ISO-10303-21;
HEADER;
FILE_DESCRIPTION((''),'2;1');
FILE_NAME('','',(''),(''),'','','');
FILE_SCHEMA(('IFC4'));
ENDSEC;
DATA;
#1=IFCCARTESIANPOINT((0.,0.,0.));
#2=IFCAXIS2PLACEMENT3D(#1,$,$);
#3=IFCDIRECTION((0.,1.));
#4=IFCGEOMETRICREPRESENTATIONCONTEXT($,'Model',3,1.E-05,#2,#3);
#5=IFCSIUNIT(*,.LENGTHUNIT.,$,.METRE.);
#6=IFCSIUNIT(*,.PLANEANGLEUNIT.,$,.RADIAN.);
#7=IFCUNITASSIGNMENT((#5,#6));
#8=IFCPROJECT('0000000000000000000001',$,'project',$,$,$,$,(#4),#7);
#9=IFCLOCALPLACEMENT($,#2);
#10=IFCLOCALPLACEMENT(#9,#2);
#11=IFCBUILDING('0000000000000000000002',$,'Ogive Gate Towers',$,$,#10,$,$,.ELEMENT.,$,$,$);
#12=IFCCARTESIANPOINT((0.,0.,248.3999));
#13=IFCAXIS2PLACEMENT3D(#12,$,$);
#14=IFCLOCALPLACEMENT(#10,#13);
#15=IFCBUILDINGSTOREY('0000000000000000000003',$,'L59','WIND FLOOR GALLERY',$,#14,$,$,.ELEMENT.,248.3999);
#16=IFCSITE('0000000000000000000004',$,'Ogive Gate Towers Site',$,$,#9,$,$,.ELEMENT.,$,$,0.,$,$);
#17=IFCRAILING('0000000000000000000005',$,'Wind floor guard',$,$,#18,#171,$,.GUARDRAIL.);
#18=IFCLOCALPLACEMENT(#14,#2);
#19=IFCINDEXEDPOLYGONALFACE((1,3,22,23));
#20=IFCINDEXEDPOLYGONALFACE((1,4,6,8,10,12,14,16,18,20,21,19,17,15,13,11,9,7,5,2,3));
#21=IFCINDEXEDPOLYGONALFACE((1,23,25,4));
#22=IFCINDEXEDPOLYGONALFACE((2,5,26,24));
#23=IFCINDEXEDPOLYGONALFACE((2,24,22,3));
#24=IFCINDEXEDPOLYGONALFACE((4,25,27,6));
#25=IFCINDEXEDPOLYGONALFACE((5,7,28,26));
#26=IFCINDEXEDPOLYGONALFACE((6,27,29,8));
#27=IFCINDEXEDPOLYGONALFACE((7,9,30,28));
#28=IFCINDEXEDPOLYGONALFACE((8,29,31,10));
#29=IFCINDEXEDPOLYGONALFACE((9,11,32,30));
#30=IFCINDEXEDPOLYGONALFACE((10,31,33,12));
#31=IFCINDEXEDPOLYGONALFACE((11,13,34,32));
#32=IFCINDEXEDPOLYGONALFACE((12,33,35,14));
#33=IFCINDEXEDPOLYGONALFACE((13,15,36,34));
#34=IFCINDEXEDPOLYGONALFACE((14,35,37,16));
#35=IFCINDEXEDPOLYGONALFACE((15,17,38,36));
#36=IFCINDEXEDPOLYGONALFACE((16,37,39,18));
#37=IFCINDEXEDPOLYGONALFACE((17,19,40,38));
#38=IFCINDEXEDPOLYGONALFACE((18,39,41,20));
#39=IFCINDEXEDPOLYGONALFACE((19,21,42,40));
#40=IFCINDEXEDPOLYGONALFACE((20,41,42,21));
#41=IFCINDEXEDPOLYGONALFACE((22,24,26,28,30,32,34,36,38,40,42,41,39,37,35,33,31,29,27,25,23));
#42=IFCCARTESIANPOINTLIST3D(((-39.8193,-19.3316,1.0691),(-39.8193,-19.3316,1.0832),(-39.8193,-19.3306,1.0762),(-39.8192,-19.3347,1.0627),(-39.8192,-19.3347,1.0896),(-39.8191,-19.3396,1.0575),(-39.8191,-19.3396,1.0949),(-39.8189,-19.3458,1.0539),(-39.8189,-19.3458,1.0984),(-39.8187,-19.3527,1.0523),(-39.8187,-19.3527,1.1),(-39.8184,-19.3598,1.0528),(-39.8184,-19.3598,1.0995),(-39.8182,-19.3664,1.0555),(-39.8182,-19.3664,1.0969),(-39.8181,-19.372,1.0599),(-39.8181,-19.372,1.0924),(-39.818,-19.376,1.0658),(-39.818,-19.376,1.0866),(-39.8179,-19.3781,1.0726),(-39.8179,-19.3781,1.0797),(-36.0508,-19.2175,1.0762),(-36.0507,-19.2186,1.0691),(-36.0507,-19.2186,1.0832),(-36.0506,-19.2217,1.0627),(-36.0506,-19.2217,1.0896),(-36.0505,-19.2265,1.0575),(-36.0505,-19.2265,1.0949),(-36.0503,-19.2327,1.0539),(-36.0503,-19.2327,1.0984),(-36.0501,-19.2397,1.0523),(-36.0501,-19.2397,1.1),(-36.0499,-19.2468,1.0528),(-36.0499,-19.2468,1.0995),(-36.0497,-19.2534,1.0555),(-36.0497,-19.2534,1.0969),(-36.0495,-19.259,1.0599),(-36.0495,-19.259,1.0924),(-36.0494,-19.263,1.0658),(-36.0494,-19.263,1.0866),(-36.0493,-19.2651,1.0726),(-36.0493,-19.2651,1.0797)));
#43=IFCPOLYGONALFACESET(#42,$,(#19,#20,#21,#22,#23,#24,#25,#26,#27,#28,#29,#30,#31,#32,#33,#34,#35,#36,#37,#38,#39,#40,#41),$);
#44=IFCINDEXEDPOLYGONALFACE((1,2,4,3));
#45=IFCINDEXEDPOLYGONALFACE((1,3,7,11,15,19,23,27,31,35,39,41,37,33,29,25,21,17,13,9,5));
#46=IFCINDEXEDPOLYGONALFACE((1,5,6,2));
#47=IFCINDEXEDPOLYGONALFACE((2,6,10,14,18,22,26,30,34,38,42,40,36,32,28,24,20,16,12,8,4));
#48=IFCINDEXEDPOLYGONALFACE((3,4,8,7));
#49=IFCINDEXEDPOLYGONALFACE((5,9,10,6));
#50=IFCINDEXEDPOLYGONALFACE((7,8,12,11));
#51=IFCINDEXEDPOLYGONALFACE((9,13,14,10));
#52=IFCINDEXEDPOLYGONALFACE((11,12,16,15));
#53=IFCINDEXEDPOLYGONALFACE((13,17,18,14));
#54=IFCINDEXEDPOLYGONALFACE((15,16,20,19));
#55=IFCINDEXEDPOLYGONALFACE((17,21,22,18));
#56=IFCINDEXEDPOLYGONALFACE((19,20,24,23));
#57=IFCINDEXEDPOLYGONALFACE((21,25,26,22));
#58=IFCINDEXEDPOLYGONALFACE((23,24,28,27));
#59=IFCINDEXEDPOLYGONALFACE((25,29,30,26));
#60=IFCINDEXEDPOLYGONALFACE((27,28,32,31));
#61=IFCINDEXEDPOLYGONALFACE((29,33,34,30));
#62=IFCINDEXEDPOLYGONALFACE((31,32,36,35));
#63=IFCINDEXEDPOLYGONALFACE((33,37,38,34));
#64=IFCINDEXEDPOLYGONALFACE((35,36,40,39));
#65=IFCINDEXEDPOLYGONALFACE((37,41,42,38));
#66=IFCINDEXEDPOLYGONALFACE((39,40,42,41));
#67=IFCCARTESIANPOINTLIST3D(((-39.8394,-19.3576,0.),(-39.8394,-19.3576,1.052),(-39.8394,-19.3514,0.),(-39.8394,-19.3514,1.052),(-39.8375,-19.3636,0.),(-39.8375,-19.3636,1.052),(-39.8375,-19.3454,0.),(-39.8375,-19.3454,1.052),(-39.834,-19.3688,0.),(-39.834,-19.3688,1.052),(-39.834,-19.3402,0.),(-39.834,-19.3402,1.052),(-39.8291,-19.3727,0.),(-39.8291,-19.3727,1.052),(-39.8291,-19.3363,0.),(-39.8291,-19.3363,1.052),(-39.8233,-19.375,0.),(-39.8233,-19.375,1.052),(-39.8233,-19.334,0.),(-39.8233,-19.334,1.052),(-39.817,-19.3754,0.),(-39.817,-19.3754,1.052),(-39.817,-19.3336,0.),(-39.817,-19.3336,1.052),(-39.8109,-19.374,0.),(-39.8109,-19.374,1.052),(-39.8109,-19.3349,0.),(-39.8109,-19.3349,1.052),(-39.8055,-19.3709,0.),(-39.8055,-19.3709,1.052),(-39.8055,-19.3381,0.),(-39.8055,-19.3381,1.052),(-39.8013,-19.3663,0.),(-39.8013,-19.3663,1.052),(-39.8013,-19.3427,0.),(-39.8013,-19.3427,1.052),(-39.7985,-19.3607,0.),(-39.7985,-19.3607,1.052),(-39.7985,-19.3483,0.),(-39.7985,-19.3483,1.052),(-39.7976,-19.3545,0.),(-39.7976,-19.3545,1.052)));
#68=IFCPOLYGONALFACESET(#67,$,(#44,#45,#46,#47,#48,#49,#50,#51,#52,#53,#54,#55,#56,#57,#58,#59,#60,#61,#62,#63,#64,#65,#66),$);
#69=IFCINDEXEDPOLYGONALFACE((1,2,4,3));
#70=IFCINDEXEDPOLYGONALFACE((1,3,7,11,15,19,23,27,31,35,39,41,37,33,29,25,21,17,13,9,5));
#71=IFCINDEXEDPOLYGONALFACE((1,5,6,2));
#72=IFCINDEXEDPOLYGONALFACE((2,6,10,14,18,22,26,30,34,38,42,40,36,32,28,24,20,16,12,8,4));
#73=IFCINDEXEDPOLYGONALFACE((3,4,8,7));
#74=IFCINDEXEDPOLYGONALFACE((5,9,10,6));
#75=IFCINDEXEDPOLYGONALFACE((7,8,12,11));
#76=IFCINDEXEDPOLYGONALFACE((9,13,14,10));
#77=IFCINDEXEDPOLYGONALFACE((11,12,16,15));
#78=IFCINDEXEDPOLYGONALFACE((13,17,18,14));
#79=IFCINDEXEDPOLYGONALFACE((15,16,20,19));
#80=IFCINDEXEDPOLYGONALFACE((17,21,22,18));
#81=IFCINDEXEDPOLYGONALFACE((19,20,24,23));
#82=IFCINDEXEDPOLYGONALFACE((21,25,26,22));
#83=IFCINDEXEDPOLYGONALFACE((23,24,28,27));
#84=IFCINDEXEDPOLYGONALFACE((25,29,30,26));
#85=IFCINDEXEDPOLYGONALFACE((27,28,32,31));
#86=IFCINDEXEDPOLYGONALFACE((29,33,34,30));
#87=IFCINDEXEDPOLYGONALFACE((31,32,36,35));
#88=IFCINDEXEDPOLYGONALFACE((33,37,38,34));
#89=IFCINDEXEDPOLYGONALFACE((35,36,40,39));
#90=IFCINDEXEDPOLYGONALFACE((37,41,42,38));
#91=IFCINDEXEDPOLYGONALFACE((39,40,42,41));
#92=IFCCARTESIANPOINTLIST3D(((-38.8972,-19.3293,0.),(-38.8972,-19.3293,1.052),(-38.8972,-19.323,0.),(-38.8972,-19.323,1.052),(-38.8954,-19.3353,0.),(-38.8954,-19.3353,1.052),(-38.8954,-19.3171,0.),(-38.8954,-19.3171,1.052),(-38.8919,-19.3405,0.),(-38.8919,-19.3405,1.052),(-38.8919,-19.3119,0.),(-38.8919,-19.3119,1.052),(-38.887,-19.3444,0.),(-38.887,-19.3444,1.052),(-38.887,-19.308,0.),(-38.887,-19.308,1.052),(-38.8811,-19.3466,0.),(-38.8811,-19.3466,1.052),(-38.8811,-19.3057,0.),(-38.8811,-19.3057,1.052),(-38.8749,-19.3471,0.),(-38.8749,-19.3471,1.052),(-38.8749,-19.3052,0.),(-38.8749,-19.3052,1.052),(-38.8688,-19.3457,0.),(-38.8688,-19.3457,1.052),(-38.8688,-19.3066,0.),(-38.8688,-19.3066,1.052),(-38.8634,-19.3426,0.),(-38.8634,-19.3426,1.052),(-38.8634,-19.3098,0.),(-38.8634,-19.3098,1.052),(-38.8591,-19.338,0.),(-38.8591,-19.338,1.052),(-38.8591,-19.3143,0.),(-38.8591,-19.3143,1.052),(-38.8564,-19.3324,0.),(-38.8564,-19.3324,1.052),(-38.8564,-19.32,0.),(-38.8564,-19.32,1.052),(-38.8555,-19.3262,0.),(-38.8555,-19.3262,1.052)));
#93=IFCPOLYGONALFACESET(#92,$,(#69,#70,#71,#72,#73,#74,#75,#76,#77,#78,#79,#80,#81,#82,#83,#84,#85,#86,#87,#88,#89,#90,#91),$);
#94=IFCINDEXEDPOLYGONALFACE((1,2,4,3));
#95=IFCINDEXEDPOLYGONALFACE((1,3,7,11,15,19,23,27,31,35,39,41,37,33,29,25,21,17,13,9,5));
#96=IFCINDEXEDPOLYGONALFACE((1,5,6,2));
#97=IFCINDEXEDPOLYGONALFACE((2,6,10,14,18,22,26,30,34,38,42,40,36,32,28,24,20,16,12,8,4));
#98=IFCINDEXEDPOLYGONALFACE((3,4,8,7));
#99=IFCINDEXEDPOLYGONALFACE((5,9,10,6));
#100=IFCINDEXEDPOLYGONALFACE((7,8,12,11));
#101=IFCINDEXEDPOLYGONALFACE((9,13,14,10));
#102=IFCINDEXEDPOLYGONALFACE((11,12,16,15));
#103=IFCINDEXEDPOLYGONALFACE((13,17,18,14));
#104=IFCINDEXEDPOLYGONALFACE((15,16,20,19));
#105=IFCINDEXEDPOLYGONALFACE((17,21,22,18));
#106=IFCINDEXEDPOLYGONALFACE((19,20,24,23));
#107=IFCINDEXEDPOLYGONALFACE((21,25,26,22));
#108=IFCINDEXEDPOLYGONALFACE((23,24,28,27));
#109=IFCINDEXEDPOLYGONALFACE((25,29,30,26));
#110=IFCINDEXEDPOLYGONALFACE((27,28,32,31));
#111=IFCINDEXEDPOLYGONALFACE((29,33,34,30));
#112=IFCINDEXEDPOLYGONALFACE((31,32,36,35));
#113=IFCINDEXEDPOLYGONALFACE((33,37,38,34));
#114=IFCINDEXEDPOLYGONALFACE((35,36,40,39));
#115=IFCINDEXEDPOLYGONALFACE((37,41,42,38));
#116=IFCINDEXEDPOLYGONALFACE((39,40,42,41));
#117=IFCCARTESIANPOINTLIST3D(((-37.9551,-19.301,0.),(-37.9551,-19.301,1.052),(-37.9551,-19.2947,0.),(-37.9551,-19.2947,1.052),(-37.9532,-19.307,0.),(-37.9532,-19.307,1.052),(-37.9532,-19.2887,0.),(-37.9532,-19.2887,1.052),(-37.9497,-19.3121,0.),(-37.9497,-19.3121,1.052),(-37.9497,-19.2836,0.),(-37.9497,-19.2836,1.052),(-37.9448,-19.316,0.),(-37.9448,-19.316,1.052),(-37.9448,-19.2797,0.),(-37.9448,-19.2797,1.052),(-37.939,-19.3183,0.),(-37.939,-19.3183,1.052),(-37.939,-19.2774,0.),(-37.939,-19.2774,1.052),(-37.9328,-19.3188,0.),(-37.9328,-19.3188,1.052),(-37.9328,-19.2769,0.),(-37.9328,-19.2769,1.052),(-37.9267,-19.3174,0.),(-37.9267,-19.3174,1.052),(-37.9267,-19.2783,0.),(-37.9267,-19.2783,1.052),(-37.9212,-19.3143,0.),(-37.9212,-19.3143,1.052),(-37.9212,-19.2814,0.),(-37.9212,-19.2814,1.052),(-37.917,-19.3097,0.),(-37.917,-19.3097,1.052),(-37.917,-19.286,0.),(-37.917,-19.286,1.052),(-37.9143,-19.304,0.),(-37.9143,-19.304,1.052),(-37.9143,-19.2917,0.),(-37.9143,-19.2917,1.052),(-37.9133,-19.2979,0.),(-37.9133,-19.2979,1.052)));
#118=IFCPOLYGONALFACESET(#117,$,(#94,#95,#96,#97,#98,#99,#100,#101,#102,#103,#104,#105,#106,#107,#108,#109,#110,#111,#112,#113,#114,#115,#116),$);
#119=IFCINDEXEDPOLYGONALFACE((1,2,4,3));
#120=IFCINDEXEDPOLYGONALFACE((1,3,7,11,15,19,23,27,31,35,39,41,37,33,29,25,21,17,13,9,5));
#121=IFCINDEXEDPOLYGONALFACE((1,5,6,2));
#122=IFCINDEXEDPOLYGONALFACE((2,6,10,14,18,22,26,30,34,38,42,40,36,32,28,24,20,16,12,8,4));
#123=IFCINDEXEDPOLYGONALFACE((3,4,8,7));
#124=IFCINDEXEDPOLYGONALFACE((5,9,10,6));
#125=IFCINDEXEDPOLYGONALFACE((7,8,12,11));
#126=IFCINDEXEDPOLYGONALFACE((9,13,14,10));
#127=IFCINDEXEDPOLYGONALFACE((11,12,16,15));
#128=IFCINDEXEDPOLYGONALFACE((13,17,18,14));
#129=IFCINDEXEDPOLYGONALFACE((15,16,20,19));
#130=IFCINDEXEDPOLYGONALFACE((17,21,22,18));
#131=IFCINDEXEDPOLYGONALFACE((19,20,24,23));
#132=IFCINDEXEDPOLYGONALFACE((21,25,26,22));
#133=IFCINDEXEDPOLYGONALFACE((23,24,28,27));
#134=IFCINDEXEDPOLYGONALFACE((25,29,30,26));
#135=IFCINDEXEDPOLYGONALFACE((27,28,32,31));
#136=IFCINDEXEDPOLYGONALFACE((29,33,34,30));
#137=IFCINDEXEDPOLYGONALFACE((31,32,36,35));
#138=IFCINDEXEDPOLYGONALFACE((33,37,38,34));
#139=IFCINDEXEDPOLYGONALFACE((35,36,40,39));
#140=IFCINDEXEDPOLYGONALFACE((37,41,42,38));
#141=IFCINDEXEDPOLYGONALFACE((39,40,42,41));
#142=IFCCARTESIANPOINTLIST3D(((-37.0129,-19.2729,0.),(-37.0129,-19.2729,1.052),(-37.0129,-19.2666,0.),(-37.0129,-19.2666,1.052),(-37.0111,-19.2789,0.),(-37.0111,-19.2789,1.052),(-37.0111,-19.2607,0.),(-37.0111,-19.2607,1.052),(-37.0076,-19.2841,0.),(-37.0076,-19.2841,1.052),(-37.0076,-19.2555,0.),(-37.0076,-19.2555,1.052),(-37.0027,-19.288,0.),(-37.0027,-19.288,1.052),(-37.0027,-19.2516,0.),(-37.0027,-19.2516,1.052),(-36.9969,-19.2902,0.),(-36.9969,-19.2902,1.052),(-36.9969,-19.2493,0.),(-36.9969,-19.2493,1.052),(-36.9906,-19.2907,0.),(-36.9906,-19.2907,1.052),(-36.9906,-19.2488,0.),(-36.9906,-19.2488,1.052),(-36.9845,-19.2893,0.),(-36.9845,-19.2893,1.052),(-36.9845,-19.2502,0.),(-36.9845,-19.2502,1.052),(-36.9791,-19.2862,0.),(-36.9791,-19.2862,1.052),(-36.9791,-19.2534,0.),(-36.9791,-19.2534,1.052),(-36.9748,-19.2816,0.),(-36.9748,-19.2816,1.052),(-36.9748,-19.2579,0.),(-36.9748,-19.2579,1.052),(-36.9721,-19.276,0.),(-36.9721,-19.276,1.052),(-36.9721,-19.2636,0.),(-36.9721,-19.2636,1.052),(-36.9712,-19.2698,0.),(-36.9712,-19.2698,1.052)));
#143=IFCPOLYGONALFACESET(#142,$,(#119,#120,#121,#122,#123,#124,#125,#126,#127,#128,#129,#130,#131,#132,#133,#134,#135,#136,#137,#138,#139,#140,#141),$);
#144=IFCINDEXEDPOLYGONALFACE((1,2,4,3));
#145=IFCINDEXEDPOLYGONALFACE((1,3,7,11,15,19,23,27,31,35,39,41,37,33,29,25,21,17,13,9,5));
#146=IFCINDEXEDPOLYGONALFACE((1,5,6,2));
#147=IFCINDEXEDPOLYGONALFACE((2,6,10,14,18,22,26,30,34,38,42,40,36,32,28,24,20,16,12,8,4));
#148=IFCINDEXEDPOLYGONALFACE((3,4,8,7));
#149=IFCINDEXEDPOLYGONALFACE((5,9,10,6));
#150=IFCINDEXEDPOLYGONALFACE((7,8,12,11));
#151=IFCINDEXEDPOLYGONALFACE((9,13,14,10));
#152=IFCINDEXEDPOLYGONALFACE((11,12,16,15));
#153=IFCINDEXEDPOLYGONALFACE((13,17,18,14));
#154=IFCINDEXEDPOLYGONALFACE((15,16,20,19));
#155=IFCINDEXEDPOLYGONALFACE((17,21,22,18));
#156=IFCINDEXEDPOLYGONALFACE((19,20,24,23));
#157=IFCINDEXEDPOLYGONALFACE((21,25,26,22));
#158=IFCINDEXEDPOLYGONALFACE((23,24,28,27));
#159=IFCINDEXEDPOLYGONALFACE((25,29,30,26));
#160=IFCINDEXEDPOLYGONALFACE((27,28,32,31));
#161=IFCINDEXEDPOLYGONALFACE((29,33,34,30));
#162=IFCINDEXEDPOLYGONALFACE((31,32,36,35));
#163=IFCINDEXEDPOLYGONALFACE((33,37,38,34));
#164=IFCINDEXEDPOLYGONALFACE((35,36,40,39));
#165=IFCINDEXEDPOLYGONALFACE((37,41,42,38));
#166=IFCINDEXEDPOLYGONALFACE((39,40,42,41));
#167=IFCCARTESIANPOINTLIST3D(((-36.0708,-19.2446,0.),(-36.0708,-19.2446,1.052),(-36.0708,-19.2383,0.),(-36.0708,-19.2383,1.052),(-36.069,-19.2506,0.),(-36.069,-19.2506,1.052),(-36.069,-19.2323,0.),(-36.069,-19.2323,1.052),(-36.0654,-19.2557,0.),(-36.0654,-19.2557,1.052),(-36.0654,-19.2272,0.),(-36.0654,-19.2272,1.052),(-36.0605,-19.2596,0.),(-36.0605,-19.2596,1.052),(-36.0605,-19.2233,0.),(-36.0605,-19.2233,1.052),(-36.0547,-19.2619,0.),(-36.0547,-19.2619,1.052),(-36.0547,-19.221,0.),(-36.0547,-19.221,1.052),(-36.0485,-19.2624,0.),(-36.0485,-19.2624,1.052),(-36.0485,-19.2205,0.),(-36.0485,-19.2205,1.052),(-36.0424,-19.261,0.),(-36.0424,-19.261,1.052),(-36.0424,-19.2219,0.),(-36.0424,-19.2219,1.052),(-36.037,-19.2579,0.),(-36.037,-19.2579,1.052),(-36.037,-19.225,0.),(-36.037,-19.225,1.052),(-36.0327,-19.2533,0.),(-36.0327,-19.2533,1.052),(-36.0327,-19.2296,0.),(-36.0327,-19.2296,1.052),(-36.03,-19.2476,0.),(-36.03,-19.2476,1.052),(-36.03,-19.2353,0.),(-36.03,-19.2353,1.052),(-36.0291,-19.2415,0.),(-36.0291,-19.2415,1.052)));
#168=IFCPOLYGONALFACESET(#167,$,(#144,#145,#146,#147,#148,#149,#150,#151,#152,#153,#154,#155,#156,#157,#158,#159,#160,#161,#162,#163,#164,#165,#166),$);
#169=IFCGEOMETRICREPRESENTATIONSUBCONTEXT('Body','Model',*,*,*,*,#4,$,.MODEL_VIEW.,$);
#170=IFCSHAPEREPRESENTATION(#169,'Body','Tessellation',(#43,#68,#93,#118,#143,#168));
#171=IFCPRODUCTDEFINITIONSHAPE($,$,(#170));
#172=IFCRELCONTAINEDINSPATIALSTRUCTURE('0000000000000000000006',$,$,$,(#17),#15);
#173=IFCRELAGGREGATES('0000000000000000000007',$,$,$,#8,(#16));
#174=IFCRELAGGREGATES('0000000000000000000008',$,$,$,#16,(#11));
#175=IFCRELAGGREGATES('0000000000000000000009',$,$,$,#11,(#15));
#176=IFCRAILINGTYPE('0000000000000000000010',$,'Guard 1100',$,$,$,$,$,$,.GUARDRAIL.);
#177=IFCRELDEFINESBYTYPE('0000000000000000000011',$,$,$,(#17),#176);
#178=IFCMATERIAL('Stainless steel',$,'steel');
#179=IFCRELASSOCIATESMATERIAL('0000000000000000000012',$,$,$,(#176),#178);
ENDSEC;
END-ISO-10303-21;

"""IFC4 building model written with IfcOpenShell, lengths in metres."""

from ifc_helpers import new_model, si_unit, direction, frame, origin, origin_2d, place, context, subcontext, project, spatial, circle, extrude, material, type_object, element, save


model = new_model("IFC4")

# Units and contexts
model_context = context("Model", 3, precision=1e-05, world=origin(), true_north=direction((0.0, 1.0)))
body_context = subcontext(model_context, "Body", "Model", "MODEL_VIEW")
ifc_project = project(units=[si_unit("LENGTHUNIT", "METRE"), si_unit("PLANEANGLEUNIT", "RADIAN")], contexts=[model_context])

# Site, building, storey
site_placement = place(None, origin())
site = spatial("IfcSite", under=ifc_project, at=site_placement, Name="Ogive Gate Towers Site", CompositionType="ELEMENT", RefElevation=0.0)
building_placement = place(site_placement, origin())
building = spatial("IfcBuilding", under=site, at=building_placement, Name="Ogive Gate Towers", CompositionType="ELEMENT")
storey_placement = place(building_placement, frame((0.0, 0.0, 248.3999)))
storey = spatial("IfcBuildingStorey", under=building, at=storey_placement, Name="L59", Description="WIND FLOOR GALLERY", CompositionType="ELEMENT", Elevation=248.3999)

# Railing
ifc_material_1 = material(Name="Stainless steel", Category="steel")
railing_type = type_object("IfcRailingType", Name="Guard 1100", PredefinedType="GUARDRAIL", material=ifc_material_1)
railing_1_placement = place(storey_placement, frame((-39.8186, -19.3545, 0.0)))
element("IfcRailing", 1, at=railing_1_placement, inside=storey, type_object=railing_type, Name="Wind floor guard", PredefinedType="GUARDRAIL", context=body_context, shape_type="SweptSolid", body=[
    extrude(circle(Radius=0.0239, at=origin_2d()), frame((0.0, 0.0, 1.0762), z_axis=(0.99955, 0.029981, 0.0), x_axis=(-0.029981, 0.99955, 0.0)), (0.0, 0.0, 1.0), 3.7703),
    extrude(circle(Radius=0.021, at=origin_2d()), origin(), (0.0, 0.0, 1.0), 1.052),
    extrude(circle(Radius=0.021, at=origin_2d()), frame((0.9421, 0.0283, 0.0)), (0.0, 0.0, 1.0), 1.052),
    extrude(circle(Radius=0.021, at=origin_2d()), frame((1.8843, 0.0566, 0.0)), (0.0, 0.0, 1.0), 1.052),
    extrude(circle(Radius=0.021, at=origin_2d()), frame((2.8264, 0.0847, 0.0)), (0.0, 0.0, 1.0), 1.052),
    extrude(circle(Radius=0.021, at=origin_2d()), frame((3.7686, 0.113, 0.0)), (0.0, 0.0, 1.0), 1.052),
])

save(model, "model.ifc")
